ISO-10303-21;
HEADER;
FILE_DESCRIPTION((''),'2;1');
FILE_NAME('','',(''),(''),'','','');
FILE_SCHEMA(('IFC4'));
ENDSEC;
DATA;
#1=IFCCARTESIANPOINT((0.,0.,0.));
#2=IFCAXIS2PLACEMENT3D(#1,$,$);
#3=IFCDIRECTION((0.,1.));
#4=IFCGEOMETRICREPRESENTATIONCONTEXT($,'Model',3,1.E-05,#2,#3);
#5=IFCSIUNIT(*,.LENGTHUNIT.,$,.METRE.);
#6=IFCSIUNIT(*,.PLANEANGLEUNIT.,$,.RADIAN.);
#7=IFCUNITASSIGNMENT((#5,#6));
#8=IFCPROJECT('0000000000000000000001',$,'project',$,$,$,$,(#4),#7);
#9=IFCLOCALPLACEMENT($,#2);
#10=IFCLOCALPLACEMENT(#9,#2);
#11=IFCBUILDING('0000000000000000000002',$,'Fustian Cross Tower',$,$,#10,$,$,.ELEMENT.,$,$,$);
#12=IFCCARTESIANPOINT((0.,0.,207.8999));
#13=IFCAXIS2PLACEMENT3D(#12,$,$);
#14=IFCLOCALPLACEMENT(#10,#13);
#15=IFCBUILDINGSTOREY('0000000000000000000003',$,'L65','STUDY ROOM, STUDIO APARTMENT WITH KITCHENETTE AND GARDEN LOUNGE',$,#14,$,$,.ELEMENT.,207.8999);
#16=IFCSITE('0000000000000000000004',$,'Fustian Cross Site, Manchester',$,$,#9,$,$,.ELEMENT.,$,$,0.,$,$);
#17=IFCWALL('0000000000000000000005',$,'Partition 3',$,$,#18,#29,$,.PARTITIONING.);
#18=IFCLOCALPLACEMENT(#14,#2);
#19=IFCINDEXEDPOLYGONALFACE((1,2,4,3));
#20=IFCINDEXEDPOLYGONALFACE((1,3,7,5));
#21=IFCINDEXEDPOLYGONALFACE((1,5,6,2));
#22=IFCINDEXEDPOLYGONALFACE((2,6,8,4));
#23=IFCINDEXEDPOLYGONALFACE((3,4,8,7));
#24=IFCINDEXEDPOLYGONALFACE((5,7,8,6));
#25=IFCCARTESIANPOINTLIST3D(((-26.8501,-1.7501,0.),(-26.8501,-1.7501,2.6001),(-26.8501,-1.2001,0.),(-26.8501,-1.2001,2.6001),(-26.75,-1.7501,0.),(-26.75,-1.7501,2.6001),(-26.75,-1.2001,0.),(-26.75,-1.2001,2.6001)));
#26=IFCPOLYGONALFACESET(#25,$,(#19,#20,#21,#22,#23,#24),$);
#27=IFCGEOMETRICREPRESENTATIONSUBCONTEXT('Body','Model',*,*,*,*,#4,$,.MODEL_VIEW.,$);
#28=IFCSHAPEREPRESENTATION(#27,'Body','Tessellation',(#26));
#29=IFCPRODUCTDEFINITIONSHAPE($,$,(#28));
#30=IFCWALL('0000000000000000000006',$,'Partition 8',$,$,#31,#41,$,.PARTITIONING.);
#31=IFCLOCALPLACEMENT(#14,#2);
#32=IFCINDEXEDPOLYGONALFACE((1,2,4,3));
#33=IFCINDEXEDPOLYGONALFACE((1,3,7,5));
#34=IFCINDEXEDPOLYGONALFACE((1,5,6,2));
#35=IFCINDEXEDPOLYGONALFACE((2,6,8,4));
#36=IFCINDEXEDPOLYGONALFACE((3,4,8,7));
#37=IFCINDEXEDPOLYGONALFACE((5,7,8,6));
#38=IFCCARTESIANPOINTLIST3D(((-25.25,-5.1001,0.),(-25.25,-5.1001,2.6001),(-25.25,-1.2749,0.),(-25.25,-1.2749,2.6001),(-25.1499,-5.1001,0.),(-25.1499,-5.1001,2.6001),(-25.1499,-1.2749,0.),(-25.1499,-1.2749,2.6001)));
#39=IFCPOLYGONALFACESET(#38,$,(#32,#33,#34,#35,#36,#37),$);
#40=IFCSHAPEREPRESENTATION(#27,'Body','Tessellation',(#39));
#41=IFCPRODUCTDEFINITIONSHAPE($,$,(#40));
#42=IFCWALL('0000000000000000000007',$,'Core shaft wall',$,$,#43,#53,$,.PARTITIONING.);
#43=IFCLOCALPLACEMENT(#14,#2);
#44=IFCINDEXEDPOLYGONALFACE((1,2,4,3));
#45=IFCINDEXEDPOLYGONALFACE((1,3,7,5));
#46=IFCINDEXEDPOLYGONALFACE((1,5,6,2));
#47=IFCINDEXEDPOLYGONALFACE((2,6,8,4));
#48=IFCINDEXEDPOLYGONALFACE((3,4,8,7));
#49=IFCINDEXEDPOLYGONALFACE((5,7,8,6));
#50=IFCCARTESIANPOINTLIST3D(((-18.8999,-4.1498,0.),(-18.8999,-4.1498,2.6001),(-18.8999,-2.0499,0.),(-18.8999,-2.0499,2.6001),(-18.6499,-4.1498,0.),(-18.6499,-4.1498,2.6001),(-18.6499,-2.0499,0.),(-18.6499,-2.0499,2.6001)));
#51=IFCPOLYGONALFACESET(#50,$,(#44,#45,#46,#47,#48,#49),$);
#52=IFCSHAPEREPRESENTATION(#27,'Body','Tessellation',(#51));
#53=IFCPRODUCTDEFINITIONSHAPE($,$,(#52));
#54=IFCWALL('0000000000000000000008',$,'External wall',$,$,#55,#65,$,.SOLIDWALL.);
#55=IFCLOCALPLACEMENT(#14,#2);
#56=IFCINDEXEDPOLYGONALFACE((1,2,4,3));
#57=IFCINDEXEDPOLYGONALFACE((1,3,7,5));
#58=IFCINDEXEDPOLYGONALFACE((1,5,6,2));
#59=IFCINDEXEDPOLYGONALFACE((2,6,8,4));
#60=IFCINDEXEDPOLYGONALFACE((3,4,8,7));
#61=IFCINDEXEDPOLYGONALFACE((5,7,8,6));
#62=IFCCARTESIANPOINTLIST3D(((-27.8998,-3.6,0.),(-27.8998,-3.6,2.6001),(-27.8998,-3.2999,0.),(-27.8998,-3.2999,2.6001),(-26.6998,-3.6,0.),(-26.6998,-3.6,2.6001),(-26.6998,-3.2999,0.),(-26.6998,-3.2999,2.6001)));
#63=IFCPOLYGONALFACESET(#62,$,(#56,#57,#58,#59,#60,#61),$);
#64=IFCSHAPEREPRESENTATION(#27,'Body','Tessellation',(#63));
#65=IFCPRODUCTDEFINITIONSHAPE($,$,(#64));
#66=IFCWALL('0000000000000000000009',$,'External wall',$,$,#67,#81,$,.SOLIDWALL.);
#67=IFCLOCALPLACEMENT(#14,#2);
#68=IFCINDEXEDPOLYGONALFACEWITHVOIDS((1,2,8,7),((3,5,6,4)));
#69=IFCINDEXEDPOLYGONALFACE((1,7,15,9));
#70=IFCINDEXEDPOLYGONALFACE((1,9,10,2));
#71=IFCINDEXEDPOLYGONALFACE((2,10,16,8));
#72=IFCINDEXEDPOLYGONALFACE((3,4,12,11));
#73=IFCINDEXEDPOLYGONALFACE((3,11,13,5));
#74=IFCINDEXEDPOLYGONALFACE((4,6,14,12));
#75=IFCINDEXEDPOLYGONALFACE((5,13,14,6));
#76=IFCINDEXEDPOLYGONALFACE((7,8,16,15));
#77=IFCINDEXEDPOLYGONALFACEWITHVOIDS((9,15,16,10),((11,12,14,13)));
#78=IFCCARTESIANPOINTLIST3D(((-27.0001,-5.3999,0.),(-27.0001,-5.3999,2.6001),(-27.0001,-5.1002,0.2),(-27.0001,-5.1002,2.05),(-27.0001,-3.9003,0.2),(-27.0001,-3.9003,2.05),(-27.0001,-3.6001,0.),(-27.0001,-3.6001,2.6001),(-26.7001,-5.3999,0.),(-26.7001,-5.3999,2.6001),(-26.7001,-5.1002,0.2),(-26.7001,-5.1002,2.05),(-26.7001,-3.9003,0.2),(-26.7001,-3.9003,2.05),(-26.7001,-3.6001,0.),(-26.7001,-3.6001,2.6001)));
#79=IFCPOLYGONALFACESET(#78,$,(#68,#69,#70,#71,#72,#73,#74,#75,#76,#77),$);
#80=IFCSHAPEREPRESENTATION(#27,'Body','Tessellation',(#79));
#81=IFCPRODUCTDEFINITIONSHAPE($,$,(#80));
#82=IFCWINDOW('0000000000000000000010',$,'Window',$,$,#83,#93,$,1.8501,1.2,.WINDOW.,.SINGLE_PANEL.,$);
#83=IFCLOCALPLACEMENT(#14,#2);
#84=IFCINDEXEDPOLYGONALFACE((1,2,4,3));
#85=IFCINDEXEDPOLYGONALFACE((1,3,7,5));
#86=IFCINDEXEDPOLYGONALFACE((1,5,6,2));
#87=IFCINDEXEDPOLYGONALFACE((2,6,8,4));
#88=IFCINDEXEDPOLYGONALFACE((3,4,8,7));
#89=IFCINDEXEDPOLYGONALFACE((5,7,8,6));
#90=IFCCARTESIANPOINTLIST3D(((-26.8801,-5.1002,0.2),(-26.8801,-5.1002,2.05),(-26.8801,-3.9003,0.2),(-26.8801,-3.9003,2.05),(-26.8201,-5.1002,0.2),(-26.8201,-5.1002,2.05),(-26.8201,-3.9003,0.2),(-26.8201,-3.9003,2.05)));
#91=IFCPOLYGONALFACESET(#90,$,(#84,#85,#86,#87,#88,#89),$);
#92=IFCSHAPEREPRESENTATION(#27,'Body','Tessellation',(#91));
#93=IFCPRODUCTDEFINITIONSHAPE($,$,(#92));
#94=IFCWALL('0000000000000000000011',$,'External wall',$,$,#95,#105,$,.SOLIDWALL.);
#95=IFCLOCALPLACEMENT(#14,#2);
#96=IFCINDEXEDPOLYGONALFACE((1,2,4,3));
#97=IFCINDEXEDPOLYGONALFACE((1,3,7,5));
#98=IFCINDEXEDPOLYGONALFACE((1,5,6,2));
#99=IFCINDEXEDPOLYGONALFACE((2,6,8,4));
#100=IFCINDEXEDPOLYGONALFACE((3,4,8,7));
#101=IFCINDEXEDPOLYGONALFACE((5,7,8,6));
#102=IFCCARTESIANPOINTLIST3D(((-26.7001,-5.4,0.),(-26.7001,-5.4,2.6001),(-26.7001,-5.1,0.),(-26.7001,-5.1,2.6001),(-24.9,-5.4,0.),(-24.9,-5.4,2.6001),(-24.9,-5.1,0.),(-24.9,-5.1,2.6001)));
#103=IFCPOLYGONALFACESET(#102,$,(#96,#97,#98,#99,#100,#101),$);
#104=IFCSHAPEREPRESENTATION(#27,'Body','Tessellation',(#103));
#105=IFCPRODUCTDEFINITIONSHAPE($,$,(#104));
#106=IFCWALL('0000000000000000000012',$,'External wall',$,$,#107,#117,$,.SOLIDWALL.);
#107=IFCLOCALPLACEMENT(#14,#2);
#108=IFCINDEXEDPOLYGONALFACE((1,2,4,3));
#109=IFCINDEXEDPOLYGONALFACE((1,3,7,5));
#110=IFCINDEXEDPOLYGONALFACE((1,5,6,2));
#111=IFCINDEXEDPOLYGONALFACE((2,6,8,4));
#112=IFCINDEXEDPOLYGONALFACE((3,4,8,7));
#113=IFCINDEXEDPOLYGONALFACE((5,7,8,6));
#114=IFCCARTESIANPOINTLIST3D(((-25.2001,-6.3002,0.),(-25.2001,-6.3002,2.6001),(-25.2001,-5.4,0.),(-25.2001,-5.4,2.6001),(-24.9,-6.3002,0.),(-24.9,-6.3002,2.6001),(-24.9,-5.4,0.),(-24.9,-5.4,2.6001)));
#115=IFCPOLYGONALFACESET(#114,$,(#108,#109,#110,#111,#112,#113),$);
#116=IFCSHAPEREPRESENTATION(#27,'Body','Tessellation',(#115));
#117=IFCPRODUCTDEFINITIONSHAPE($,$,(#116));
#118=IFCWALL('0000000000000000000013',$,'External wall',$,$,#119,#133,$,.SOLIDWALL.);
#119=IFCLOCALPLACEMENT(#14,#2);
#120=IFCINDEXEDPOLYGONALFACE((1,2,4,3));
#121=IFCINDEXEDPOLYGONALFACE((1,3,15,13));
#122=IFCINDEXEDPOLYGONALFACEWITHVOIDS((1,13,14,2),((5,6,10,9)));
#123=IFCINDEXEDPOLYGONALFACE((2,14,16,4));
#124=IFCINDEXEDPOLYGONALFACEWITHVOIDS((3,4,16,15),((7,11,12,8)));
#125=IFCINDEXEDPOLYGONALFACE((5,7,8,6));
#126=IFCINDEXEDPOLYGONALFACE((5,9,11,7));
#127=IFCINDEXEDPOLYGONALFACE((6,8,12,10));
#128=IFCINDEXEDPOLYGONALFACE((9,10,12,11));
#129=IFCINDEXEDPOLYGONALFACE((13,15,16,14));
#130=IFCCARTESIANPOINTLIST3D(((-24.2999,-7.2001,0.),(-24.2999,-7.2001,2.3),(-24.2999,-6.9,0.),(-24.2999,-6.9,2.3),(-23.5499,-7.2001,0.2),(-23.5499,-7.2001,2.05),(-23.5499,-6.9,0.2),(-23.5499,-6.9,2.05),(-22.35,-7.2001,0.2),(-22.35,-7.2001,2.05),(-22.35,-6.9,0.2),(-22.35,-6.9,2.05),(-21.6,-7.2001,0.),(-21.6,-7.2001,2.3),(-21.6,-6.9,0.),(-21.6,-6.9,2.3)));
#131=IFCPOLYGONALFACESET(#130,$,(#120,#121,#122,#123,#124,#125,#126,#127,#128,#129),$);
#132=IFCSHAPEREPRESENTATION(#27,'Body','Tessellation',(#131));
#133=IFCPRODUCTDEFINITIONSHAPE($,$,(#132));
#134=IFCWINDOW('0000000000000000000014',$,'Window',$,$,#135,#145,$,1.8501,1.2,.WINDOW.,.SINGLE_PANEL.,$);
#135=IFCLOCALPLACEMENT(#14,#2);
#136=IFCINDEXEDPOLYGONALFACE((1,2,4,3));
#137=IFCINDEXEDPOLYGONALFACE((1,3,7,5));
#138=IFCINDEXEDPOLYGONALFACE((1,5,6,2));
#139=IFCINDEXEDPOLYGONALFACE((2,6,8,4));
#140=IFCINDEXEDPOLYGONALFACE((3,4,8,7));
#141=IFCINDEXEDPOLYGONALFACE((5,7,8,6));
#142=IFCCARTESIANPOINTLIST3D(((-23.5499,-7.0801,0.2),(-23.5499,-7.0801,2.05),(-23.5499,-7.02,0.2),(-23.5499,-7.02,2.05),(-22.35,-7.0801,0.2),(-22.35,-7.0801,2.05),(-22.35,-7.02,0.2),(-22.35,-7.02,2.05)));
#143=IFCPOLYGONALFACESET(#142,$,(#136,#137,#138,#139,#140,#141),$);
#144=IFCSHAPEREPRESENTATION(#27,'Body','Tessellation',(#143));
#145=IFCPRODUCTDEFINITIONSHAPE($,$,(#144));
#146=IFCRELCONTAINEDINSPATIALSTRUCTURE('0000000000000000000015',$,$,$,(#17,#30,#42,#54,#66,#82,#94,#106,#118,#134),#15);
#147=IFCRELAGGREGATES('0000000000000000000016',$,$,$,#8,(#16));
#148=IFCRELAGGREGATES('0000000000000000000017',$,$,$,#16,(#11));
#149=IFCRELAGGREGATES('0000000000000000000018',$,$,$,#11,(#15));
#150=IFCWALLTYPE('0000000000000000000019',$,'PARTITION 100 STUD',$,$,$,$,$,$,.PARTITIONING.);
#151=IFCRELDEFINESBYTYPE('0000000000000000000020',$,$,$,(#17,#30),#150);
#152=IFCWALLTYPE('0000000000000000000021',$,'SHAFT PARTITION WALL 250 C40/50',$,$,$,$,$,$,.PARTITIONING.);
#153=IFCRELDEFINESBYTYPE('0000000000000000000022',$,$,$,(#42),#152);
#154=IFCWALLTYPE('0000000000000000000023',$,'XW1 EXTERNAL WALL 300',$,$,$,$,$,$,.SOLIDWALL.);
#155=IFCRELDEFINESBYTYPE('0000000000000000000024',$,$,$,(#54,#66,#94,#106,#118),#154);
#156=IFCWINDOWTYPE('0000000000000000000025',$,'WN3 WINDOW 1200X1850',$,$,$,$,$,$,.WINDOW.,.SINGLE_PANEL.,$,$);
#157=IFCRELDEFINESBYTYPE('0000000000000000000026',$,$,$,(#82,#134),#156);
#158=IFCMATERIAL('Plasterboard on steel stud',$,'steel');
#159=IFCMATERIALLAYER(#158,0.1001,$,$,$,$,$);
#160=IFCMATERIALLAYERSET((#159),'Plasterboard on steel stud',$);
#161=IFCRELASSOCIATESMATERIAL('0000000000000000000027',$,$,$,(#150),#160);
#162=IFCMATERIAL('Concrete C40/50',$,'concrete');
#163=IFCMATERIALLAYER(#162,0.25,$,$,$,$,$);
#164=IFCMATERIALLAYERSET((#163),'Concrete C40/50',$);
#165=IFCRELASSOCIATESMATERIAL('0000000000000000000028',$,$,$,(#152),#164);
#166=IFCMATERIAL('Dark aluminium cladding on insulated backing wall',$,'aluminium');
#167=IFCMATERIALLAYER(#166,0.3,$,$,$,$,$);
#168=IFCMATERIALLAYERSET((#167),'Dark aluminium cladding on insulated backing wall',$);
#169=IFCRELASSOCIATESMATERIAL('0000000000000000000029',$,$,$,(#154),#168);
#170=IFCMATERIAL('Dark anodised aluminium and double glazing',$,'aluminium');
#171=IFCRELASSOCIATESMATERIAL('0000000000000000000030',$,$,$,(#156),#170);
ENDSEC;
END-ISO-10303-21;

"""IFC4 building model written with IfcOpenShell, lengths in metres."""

from ifc_helpers import new_model, si_unit, direction, frame, frame_2d, origin, place, context, subcontext, project, spatial, rectangle, extrude, material, layer, layer_set, type_object, element, fill, save


model = new_model("IFC4")

# Units and contexts
model_context = context("Model", 3, precision=1e-05, world=origin(), true_north=direction((0.0, 1.0)))
body_context = subcontext(model_context, "Body", "Model", "MODEL_VIEW")
ifc_project = project(units=[si_unit("LENGTHUNIT", "METRE"), si_unit("PLANEANGLEUNIT", "RADIAN")], contexts=[model_context])

# Site, building, storey
site_placement = place(None, origin())
site = spatial("IfcSite", under=ifc_project, at=site_placement, Name="Fustian Cross Site, Manchester", CompositionType="ELEMENT", RefElevation=0.0)
building_placement = place(site_placement, origin())
building = spatial("IfcBuilding", under=site, at=building_placement, Name="Fustian Cross Tower", CompositionType="ELEMENT")
storey_placement = place(building_placement, frame((0.0, 0.0, 207.8999)))
storey = spatial("IfcBuildingStorey", under=building, at=storey_placement, Name="L65", Description="STUDY ROOM, STUDIO APARTMENT WITH KITCHENETTE AND GARDEN LOUNGE", CompositionType="ELEMENT", Elevation=207.8999)

# Walls
ifc_material_1 = material(Name="Plasterboard on steel stud", Category="steel")
ifc_layer_1 = layer(ifc_material_1, 0.1001)
ifc_layer_set_1 = layer_set([ifc_layer_1], Name="Plasterboard on steel stud")
wall_type_1 = type_object("IfcWallType", Name="PARTITION 100 STUD", PredefinedType="PARTITIONING", material=ifc_layer_set_1)
wall_1_placement = place(storey_placement, frame((-26.8, -1.75, 0.0), z_axis=(0.0, 0.0, 1.0), x_axis=(0.0, 1.0, 0.0)))
element("IfcWall", 1, at=wall_1_placement, inside=storey, type_object=wall_type_1, Name="Partition 3", PredefinedType="PARTITIONING", context=body_context, shape_type="SweptSolid", body=[
    extrude(rectangle(XDim=0.55, YDim=0.1001, at=frame_2d((0.2749, 0.0))), origin(), (0.0, 0.0, 1.0), 2.6001),
])
wall_2_placement = place(storey_placement, frame((-25.2, -5.1001, 0.0), z_axis=(0.0, 0.0, 1.0), x_axis=(0.0, 1.0, 0.0)))
element("IfcWall", 2, at=wall_2_placement, inside=storey, type_object=wall_type_1, Name="Partition 8", PredefinedType="PARTITIONING", context=body_context, shape_type="SweptSolid", body=[
    extrude(rectangle(XDim=3.8252, YDim=0.1001, at=frame_2d((1.9126, 0.0))), origin(), (0.0, 0.0, 1.0), 2.6001),
])
ifc_material_2 = material(Name="Concrete C40/50", Category="concrete")
ifc_layer_2 = layer(ifc_material_2, 0.25)
ifc_layer_set_2 = layer_set([ifc_layer_2], Name="Concrete C40/50")
wall_type_2 = type_object("IfcWallType", Name="SHAFT PARTITION WALL 250 C40/50", PredefinedType="PARTITIONING", material=ifc_layer_set_2)
wall_3_placement = place(storey_placement, frame((-18.7749, -2.05, 0.0), z_axis=(0.0, 0.0, 1.0), x_axis=(0.0, -1.0, 0.0)))
element("IfcWall", 3, at=wall_3_placement, inside=storey, type_object=wall_type_2, Name="Core shaft wall", PredefinedType="PARTITIONING", context=body_context, shape_type="SweptSolid", body=[
    extrude(rectangle(XDim=2.0999, YDim=0.25, at=frame_2d((1.0498, 0.0))), origin(), (0.0, 0.0, 1.0), 2.6001),
])
ifc_material_3 = material(Name="Dark aluminium cladding on insulated backing wall", Category="aluminium")
ifc_layer_3 = layer(ifc_material_3, 0.3)
ifc_layer_set_3 = layer_set([ifc_layer_3], Name="Dark aluminium cladding on insulated backing wall")
wall_type_3 = type_object("IfcWallType", Name="XW1 EXTERNAL WALL 300", PredefinedType="SOLIDWALL", material=ifc_layer_set_3)
wall_4_placement = place(storey_placement, frame((-27.8999, -3.45, 0.0), z_axis=(0.0, 0.0, 1.0), x_axis=(1.0, 0.0, 0.0)))
element("IfcWall", 4, at=wall_4_placement, inside=storey, type_object=wall_type_3, Name="External wall", PredefinedType="SOLIDWALL", context=body_context, shape_type="SweptSolid", body=[
    extrude(rectangle(XDim=1.2, YDim=0.3, at=frame_2d((0.6001, 0.0))), origin(), (0.0, 0.0, 1.0), 2.6001),
])

# Wall, opening, window
wall_5_placement = place(storey_placement, frame((-26.8501, -3.6001, 0.0), z_axis=(0.0, 0.0, 1.0), x_axis=(0.0, -1.0, 0.0)))
wall_5 = element("IfcWall", 5, at=wall_5_placement, inside=storey, type_object=wall_type_3, Name="External wall", PredefinedType="SOLIDWALL", context=body_context, shape_type="SweptSolid", body=[
    extrude(rectangle(XDim=1.7998, YDim=0.3, at=frame_2d((0.8999, 0.0))), origin(), (0.0, 0.0, 1.0), 2.6001),
])
opening_1_placement = place(wall_5_placement, frame((0.3, 0.0, 0.2)))
opening_1 = element("IfcOpeningElement", 6, at=opening_1_placement, cuts=wall_5, PredefinedType="OPENING", context=body_context, shape_type="SweptSolid", body=[
    extrude(rectangle(XDim=1.2, YDim=1.8501, at=frame_2d((0.6001, 0.925))), frame((0.0, 0.1599, 0.0), z_axis=(0.0, -1.0, 0.0), x_axis=(1.0, 0.0, 0.0)), (0.0, 0.0, 1.0), 0.3201),
])
ifc_material_4 = material(Name="Dark anodised aluminium and double glazing", Category="aluminium")
window_type = type_object("IfcWindowType", Name="WN3 WINDOW 1200X1850", PartitioningType="SINGLE_PANEL", PredefinedType="WINDOW", material=ifc_material_4)
window_1_placement = place(opening_1_placement, origin())
window_1 = element("IfcWindow", 7, at=window_1_placement, inside=storey, type_object=window_type, Name="Window", OverallHeight=1.8501, OverallWidth=1.2, PartitioningType="SINGLE_PANEL", PredefinedType="WINDOW", context=body_context, shape_type="SweptSolid", body=[
    extrude(rectangle(XDim=1.2, YDim=1.8501, at=frame_2d((0.6001, 0.925))), frame((0.0, 0.03, 0.0), z_axis=(0.0, -1.0, 0.0), x_axis=(1.0, 0.0, 0.0)), (0.0, 0.0, 1.0), 0.0601),
])
fill(opening_1, window_1)

# Walls
wall_6_placement = place(storey_placement, frame((-26.7, -5.25, 0.0), z_axis=(0.0, 0.0, 1.0), x_axis=(1.0, 0.0, 0.0)))
element("IfcWall", 8, at=wall_6_placement, inside=storey, type_object=wall_type_3, Name="External wall", PredefinedType="SOLIDWALL", context=body_context, shape_type="SweptSolid", body=[
    extrude(rectangle(XDim=1.8, YDim=0.3, at=frame_2d((0.8999, 0.0))), origin(), (0.0, 0.0, 1.0), 2.6001),
])
wall_7_placement = place(storey_placement, frame((-25.05, -5.3999, 0.0), z_axis=(0.0, 0.0, 1.0), x_axis=(0.0, -1.0, 0.0)))
element("IfcWall", 9, at=wall_7_placement, inside=storey, type_object=wall_type_3, Name="External wall", PredefinedType="SOLIDWALL", context=body_context, shape_type="SweptSolid", body=[
    extrude(rectangle(XDim=0.9001, YDim=0.3, at=frame_2d((0.4502, 0.0))), origin(), (0.0, 0.0, 1.0), 2.6001),
])

# Wall, opening, window
wall_8_placement = place(storey_placement, frame((-24.3, -7.05, 0.0), z_axis=(0.0, 0.0, 1.0), x_axis=(1.0, 0.0, 0.0)))
wall_8 = element("IfcWall", 10, at=wall_8_placement, inside=storey, type_object=wall_type_3, Name="External wall", PredefinedType="SOLIDWALL", context=body_context, shape_type="SweptSolid", body=[
    extrude(rectangle(XDim=2.7, YDim=0.3, at=frame_2d((1.3501, 0.0))), origin(), (0.0, 0.0, 1.0), 2.3),
])
opening_2_placement = place(wall_8_placement, frame((0.75, 0.0, 0.2)))
opening_2 = element("IfcOpeningElement", 11, at=opening_2_placement, cuts=wall_8, PredefinedType="OPENING", context=body_context, shape_type="SweptSolid", body=[
    extrude(rectangle(XDim=1.2, YDim=1.8501, at=frame_2d((0.6001, 0.925))), frame((0.0, 0.1599, 0.0), z_axis=(0.0, -1.0, 0.0), x_axis=(1.0, 0.0, 0.0)), (0.0, 0.0, 1.0), 0.3201),
])
window_2_placement = place(opening_2_placement, origin())
window_2 = element("IfcWindow", 12, at=window_2_placement, inside=storey, type_object=window_type, Name="Window", OverallHeight=1.8501, OverallWidth=1.2, PartitioningType="SINGLE_PANEL", PredefinedType="WINDOW", context=body_context, shape_type="SweptSolid", body=[
    extrude(rectangle(XDim=1.2, YDim=1.8501, at=frame_2d((0.6001, 0.925))), frame((0.0, 0.03, 0.0), z_axis=(0.0, -1.0, 0.0), x_axis=(1.0, 0.0, 0.0)), (0.0, 0.0, 1.0), 0.0601),
])
fill(opening_2, window_2)

save(model, "model.ifc")
